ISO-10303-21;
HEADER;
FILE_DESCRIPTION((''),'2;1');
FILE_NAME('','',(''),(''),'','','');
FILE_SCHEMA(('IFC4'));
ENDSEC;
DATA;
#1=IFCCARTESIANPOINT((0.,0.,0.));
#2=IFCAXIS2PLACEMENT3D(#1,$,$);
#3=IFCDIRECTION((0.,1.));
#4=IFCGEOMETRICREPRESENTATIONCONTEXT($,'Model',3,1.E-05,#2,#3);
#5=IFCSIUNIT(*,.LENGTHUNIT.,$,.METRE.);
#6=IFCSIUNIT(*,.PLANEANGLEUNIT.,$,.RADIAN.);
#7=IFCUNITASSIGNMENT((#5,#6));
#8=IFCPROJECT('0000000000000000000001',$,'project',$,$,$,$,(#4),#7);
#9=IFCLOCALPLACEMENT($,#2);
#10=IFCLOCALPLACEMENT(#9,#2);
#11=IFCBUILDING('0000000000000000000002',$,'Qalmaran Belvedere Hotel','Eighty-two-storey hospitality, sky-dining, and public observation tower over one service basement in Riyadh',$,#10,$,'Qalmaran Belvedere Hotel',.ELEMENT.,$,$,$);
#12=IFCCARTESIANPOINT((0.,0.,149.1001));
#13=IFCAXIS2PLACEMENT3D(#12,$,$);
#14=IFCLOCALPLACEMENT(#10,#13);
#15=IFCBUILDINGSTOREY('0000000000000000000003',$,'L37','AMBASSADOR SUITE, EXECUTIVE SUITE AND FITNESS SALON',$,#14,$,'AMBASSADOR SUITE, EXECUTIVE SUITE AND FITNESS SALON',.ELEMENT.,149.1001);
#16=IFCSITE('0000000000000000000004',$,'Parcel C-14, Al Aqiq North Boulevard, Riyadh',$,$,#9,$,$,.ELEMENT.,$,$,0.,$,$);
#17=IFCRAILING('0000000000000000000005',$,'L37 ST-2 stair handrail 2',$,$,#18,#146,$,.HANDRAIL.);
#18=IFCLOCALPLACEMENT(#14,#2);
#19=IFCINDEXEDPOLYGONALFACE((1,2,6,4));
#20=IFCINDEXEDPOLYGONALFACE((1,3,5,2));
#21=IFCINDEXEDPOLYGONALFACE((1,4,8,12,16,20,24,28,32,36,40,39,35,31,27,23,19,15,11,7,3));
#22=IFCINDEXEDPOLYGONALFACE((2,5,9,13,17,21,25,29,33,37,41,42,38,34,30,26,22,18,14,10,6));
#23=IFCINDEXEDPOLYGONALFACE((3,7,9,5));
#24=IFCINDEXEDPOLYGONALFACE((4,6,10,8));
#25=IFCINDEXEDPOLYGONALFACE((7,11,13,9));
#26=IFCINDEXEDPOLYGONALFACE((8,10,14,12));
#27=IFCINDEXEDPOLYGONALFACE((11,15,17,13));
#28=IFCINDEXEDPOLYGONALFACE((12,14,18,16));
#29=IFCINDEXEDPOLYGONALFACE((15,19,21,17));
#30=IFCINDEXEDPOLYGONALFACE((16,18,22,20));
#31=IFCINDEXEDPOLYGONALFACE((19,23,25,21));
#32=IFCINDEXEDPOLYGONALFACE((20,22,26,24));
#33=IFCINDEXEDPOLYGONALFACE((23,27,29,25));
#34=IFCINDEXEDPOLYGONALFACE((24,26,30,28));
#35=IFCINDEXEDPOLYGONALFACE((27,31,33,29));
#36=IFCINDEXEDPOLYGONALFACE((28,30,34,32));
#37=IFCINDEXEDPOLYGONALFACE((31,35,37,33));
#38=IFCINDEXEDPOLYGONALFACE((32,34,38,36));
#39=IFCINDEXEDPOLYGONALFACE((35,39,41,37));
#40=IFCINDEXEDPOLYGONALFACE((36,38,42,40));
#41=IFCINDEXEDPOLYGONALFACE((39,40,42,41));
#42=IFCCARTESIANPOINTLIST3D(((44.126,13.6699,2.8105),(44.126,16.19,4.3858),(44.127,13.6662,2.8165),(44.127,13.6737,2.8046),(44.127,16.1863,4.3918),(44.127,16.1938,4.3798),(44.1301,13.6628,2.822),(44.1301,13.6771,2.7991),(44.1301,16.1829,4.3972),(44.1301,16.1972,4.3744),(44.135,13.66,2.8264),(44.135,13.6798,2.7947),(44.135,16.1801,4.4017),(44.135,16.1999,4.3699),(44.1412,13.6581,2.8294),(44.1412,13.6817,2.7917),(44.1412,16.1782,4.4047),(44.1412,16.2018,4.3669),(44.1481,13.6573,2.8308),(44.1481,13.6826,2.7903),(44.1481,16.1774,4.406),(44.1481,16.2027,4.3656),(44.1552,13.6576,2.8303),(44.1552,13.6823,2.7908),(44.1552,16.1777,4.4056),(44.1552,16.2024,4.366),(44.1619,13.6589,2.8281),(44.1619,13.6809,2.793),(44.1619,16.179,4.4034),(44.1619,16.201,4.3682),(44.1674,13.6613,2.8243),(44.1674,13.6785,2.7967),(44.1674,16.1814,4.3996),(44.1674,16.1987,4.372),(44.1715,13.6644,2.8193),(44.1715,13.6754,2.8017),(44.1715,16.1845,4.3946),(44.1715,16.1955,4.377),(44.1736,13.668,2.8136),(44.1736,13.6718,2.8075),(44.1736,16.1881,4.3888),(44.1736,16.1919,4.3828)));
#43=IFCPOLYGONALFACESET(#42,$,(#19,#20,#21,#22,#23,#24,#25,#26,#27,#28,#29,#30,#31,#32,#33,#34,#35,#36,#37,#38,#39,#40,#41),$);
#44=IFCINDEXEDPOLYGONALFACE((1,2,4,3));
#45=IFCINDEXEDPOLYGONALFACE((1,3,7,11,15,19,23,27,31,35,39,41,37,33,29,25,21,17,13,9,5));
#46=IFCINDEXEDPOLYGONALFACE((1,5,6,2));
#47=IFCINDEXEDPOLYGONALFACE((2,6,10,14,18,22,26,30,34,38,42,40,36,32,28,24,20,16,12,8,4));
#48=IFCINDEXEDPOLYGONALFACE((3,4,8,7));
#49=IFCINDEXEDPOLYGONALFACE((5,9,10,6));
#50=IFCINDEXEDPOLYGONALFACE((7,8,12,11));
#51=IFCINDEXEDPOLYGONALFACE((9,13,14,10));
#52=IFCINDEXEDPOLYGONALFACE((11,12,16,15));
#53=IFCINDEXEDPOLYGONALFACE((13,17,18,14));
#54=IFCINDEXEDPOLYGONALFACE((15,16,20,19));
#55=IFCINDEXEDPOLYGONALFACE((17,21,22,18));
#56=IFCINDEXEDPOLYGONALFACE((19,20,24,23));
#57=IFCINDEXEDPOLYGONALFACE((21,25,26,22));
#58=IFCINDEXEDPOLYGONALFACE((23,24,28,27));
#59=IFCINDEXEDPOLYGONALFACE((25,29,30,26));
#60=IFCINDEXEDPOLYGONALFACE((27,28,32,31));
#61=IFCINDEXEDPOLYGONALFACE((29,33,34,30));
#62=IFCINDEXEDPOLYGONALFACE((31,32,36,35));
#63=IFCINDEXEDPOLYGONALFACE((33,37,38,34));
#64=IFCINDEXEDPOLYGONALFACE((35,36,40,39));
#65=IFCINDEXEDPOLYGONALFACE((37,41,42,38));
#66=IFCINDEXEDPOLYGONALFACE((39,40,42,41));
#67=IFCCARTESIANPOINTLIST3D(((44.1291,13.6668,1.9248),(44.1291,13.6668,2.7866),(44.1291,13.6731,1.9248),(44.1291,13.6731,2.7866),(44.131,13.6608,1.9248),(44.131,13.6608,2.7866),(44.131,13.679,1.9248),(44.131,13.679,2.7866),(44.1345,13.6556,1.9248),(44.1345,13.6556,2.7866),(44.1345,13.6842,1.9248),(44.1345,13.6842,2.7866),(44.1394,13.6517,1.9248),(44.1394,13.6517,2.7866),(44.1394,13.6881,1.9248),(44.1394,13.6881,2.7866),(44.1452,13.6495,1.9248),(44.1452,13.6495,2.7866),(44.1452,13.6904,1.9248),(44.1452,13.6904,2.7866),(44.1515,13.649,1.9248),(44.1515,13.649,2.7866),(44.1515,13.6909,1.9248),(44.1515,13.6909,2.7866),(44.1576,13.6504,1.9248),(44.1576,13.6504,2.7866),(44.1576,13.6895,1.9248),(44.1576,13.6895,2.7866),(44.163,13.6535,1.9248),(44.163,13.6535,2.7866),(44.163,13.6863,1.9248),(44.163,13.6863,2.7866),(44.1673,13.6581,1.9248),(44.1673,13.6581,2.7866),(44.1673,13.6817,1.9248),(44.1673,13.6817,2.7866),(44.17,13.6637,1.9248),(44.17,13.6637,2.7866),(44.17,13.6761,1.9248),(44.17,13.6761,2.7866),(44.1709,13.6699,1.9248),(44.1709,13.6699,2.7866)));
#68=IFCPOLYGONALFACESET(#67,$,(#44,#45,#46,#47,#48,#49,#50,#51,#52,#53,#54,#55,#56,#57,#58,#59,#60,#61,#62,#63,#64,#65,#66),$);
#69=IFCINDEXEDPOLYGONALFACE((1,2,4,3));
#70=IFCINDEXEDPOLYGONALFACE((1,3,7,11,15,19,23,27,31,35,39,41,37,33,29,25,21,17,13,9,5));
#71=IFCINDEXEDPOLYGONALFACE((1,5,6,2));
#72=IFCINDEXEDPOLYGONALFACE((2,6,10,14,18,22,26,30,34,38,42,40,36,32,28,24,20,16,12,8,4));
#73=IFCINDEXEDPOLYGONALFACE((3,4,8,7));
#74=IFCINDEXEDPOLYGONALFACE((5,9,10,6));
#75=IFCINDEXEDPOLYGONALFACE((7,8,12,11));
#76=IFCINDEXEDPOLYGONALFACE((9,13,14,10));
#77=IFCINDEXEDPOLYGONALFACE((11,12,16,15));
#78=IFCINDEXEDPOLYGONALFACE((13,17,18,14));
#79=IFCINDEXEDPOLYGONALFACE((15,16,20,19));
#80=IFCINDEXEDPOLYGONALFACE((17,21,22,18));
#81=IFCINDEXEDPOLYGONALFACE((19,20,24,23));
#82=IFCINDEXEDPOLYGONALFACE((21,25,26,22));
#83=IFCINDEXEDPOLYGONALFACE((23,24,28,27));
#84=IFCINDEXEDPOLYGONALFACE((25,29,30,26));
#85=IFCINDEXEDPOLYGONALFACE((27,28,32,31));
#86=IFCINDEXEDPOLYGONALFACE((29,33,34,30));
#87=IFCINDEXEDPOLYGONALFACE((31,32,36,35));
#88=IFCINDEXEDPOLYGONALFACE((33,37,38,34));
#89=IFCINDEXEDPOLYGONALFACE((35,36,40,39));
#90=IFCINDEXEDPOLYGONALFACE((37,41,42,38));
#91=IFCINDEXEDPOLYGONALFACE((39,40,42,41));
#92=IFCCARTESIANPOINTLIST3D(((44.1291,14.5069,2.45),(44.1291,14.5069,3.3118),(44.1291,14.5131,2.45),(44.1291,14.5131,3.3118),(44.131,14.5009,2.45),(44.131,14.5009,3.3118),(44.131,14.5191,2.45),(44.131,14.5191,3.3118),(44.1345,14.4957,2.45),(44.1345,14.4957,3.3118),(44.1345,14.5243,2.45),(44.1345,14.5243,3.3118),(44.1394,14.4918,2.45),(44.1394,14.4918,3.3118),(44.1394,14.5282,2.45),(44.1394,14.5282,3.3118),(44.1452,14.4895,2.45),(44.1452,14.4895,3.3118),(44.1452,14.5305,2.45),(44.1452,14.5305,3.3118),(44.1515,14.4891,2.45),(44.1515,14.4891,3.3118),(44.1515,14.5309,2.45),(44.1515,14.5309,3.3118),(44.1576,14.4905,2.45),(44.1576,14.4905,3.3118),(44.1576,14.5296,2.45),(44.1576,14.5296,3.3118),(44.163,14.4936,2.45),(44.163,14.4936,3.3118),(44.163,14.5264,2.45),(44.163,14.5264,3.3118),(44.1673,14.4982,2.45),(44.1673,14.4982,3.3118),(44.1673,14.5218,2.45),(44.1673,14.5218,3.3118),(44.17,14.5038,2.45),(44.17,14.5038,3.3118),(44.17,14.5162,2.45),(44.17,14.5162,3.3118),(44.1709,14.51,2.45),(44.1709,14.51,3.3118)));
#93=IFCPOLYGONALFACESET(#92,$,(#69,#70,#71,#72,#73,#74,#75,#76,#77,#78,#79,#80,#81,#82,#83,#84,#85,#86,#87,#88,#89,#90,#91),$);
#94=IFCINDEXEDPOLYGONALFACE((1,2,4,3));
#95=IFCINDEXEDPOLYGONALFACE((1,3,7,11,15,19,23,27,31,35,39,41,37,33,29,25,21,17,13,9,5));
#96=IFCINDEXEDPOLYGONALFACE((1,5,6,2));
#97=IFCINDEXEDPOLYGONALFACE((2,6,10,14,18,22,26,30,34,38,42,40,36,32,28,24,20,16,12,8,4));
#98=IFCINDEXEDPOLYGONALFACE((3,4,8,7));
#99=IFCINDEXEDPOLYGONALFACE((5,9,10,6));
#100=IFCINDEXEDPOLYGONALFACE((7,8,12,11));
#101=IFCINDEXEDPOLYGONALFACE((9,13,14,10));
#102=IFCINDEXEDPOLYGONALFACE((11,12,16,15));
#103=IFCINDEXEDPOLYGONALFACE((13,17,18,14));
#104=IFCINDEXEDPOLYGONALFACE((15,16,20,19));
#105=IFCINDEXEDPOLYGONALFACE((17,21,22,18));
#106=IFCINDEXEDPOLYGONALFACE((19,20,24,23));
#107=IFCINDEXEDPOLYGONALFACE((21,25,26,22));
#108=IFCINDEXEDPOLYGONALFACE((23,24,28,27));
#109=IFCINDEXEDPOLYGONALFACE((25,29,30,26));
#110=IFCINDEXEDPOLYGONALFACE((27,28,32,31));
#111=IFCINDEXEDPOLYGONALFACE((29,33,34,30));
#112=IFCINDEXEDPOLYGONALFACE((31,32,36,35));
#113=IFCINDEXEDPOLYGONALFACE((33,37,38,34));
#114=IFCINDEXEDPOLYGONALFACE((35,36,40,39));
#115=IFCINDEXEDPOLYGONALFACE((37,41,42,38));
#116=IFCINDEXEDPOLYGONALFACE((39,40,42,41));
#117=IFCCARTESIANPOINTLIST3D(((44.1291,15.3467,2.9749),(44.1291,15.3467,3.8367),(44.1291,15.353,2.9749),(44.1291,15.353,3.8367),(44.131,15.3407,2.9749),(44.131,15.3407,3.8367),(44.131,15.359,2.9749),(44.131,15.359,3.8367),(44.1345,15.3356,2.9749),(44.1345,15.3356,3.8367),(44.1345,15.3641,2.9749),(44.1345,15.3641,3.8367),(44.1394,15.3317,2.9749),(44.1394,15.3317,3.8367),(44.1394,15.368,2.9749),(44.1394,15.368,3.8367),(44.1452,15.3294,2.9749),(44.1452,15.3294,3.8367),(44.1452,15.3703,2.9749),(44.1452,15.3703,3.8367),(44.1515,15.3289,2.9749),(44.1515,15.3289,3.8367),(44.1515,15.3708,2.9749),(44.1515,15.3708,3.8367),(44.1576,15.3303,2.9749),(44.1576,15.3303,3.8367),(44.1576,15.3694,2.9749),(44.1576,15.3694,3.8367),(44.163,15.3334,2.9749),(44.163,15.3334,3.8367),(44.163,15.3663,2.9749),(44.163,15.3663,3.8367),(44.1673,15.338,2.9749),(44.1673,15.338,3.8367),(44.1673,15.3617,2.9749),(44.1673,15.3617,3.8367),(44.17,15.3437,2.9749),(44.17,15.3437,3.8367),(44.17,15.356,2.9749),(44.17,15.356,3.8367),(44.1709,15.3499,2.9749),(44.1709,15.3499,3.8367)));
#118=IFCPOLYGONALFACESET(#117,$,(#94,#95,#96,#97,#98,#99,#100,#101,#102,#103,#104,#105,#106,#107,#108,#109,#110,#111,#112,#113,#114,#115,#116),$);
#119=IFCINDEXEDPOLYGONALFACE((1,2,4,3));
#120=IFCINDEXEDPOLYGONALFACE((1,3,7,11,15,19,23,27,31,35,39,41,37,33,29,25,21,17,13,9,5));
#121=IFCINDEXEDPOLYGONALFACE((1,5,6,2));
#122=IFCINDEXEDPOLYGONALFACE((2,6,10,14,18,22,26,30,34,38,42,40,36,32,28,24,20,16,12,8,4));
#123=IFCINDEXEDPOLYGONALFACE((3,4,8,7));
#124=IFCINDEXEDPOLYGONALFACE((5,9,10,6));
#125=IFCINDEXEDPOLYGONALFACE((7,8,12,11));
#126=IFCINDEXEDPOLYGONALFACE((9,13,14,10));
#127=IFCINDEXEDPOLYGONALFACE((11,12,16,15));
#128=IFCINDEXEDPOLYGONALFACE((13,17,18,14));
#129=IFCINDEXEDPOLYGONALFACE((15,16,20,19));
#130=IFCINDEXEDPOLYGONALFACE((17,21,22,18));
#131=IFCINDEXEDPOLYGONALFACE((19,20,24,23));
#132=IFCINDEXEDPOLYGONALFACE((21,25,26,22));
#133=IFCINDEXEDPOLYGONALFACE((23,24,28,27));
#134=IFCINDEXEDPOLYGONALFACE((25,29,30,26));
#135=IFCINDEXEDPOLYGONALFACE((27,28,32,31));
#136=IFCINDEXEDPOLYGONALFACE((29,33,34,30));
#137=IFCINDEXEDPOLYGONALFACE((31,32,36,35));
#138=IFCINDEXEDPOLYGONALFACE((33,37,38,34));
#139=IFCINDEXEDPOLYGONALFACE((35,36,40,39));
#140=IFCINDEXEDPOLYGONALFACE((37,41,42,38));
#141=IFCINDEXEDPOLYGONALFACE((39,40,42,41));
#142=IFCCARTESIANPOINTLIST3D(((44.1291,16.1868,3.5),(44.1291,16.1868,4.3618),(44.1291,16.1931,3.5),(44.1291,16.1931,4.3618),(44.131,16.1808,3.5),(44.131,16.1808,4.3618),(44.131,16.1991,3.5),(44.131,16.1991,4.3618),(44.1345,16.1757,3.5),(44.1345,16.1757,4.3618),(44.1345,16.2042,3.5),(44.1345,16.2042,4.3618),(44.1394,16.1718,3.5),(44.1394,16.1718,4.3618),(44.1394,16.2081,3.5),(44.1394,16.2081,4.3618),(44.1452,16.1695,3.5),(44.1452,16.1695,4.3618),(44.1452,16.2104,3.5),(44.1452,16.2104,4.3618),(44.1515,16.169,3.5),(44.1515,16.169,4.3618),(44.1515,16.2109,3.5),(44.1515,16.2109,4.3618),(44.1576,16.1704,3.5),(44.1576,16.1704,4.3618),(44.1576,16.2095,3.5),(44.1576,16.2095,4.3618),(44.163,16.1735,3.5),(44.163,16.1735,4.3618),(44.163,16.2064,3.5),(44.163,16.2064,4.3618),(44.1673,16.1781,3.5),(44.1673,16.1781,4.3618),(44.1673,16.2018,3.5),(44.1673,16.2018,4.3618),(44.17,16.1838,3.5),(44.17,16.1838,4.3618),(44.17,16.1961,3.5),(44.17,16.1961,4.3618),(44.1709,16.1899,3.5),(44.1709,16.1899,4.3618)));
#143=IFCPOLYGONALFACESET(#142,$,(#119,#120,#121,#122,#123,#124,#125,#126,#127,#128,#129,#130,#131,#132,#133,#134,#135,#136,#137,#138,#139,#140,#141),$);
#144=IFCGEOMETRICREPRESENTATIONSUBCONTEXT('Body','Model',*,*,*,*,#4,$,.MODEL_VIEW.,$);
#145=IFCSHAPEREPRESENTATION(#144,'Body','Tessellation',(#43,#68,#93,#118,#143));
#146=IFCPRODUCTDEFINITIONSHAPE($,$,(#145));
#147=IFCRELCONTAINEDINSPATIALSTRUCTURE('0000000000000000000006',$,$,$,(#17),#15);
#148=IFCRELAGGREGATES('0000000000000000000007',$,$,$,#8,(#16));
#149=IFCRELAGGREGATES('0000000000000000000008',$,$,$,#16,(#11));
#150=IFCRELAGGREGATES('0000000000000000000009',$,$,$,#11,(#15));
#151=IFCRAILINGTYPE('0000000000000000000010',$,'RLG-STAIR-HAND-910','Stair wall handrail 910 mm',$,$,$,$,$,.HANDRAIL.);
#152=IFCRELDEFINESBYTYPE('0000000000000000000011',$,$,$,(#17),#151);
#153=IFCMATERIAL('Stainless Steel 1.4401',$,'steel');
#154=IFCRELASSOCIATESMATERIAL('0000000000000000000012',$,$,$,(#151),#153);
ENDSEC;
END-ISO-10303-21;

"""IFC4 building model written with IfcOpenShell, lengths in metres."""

from ifc_helpers import new_model, si_unit, direction, frame, origin, origin_2d, place, context, subcontext, project, spatial, circle, extrude, material, type_object, element, save


model = new_model("IFC4")

# Units and contexts
model_context = context("Model", 3, precision=1e-05, world=origin(), true_north=direction((0.0, 1.0)))
body_context = subcontext(model_context, "Body", "Model", "MODEL_VIEW")
ifc_project = project(units=[si_unit("LENGTHUNIT", "METRE"), si_unit("PLANEANGLEUNIT", "RADIAN")], contexts=[model_context])

# Site, building, storey
site_placement = place(None, origin())
site = spatial("IfcSite", under=ifc_project, at=site_placement, Name="Parcel C-14, Al Aqiq North Boulevard, Riyadh", CompositionType="ELEMENT", RefElevation=0.0)
building_placement = place(site_placement, origin())
building = spatial("IfcBuilding", under=site, at=building_placement, Name="Qalmaran Belvedere Hotel", Description="Eighty-two-storey hospitality, sky-dining, and public observation tower over one service basement in Riyadh", LongName="Qalmaran Belvedere Hotel", CompositionType="ELEMENT")
storey_placement = place(building_placement, frame((0.0, 0.0, 149.1001)))
storey = spatial("IfcBuildingStorey", under=building, at=storey_placement, Name="L37", Description="AMBASSADOR SUITE, EXECUTIVE SUITE AND FITNESS SALON", LongName="AMBASSADOR SUITE, EXECUTIVE SUITE AND FITNESS SALON", CompositionType="ELEMENT", Elevation=149.1001)

# Railing
ifc_material_1 = material(Name="Stainless Steel 1.4401", Category="steel")
railing_type_1 = type_object("IfcRailingType", Name="RLG-STAIR-HAND-910", Description="Stair wall handrail 910 mm", PredefinedType="HANDRAIL", material=ifc_material_1)
railing_1_placement = place(storey_placement, frame((44.1499, 13.6699, 1.9248)))
element("IfcRailing", 1, at=railing_1_placement, inside=storey, type_object=railing_type_1, Name="L37 ST-2 stair handrail 2", PredefinedType="HANDRAIL", context=body_context, shape_type="SweptSolid", body=[
    extrude(circle(Radius=0.0239, at=origin_2d()), frame((0.0, 0.0, 0.8857), z_axis=(0.0, 0.847971, 0.530043), x_axis=(-1.0, 0.0, 0.0)), (0.0, 0.0, 1.0), 2.9719),
    extrude(circle(Radius=0.021, at=origin_2d()), origin(), (0.0, 0.0, 1.0), 0.8618),
    extrude(circle(Radius=0.021, at=origin_2d()), frame((0.0, 0.8401, 0.5251)), (0.0, 0.0, 1.0), 0.8618),
    extrude(circle(Radius=0.021, at=origin_2d()), frame((0.0, 1.6799, 1.05)), (0.0, 0.0, 1.0), 0.8618),
    extrude(circle(Radius=0.021, at=origin_2d()), frame((0.0, 2.52, 1.5752)), (0.0, 0.0, 1.0), 0.8618),
])

save(model, "model.ifc")
